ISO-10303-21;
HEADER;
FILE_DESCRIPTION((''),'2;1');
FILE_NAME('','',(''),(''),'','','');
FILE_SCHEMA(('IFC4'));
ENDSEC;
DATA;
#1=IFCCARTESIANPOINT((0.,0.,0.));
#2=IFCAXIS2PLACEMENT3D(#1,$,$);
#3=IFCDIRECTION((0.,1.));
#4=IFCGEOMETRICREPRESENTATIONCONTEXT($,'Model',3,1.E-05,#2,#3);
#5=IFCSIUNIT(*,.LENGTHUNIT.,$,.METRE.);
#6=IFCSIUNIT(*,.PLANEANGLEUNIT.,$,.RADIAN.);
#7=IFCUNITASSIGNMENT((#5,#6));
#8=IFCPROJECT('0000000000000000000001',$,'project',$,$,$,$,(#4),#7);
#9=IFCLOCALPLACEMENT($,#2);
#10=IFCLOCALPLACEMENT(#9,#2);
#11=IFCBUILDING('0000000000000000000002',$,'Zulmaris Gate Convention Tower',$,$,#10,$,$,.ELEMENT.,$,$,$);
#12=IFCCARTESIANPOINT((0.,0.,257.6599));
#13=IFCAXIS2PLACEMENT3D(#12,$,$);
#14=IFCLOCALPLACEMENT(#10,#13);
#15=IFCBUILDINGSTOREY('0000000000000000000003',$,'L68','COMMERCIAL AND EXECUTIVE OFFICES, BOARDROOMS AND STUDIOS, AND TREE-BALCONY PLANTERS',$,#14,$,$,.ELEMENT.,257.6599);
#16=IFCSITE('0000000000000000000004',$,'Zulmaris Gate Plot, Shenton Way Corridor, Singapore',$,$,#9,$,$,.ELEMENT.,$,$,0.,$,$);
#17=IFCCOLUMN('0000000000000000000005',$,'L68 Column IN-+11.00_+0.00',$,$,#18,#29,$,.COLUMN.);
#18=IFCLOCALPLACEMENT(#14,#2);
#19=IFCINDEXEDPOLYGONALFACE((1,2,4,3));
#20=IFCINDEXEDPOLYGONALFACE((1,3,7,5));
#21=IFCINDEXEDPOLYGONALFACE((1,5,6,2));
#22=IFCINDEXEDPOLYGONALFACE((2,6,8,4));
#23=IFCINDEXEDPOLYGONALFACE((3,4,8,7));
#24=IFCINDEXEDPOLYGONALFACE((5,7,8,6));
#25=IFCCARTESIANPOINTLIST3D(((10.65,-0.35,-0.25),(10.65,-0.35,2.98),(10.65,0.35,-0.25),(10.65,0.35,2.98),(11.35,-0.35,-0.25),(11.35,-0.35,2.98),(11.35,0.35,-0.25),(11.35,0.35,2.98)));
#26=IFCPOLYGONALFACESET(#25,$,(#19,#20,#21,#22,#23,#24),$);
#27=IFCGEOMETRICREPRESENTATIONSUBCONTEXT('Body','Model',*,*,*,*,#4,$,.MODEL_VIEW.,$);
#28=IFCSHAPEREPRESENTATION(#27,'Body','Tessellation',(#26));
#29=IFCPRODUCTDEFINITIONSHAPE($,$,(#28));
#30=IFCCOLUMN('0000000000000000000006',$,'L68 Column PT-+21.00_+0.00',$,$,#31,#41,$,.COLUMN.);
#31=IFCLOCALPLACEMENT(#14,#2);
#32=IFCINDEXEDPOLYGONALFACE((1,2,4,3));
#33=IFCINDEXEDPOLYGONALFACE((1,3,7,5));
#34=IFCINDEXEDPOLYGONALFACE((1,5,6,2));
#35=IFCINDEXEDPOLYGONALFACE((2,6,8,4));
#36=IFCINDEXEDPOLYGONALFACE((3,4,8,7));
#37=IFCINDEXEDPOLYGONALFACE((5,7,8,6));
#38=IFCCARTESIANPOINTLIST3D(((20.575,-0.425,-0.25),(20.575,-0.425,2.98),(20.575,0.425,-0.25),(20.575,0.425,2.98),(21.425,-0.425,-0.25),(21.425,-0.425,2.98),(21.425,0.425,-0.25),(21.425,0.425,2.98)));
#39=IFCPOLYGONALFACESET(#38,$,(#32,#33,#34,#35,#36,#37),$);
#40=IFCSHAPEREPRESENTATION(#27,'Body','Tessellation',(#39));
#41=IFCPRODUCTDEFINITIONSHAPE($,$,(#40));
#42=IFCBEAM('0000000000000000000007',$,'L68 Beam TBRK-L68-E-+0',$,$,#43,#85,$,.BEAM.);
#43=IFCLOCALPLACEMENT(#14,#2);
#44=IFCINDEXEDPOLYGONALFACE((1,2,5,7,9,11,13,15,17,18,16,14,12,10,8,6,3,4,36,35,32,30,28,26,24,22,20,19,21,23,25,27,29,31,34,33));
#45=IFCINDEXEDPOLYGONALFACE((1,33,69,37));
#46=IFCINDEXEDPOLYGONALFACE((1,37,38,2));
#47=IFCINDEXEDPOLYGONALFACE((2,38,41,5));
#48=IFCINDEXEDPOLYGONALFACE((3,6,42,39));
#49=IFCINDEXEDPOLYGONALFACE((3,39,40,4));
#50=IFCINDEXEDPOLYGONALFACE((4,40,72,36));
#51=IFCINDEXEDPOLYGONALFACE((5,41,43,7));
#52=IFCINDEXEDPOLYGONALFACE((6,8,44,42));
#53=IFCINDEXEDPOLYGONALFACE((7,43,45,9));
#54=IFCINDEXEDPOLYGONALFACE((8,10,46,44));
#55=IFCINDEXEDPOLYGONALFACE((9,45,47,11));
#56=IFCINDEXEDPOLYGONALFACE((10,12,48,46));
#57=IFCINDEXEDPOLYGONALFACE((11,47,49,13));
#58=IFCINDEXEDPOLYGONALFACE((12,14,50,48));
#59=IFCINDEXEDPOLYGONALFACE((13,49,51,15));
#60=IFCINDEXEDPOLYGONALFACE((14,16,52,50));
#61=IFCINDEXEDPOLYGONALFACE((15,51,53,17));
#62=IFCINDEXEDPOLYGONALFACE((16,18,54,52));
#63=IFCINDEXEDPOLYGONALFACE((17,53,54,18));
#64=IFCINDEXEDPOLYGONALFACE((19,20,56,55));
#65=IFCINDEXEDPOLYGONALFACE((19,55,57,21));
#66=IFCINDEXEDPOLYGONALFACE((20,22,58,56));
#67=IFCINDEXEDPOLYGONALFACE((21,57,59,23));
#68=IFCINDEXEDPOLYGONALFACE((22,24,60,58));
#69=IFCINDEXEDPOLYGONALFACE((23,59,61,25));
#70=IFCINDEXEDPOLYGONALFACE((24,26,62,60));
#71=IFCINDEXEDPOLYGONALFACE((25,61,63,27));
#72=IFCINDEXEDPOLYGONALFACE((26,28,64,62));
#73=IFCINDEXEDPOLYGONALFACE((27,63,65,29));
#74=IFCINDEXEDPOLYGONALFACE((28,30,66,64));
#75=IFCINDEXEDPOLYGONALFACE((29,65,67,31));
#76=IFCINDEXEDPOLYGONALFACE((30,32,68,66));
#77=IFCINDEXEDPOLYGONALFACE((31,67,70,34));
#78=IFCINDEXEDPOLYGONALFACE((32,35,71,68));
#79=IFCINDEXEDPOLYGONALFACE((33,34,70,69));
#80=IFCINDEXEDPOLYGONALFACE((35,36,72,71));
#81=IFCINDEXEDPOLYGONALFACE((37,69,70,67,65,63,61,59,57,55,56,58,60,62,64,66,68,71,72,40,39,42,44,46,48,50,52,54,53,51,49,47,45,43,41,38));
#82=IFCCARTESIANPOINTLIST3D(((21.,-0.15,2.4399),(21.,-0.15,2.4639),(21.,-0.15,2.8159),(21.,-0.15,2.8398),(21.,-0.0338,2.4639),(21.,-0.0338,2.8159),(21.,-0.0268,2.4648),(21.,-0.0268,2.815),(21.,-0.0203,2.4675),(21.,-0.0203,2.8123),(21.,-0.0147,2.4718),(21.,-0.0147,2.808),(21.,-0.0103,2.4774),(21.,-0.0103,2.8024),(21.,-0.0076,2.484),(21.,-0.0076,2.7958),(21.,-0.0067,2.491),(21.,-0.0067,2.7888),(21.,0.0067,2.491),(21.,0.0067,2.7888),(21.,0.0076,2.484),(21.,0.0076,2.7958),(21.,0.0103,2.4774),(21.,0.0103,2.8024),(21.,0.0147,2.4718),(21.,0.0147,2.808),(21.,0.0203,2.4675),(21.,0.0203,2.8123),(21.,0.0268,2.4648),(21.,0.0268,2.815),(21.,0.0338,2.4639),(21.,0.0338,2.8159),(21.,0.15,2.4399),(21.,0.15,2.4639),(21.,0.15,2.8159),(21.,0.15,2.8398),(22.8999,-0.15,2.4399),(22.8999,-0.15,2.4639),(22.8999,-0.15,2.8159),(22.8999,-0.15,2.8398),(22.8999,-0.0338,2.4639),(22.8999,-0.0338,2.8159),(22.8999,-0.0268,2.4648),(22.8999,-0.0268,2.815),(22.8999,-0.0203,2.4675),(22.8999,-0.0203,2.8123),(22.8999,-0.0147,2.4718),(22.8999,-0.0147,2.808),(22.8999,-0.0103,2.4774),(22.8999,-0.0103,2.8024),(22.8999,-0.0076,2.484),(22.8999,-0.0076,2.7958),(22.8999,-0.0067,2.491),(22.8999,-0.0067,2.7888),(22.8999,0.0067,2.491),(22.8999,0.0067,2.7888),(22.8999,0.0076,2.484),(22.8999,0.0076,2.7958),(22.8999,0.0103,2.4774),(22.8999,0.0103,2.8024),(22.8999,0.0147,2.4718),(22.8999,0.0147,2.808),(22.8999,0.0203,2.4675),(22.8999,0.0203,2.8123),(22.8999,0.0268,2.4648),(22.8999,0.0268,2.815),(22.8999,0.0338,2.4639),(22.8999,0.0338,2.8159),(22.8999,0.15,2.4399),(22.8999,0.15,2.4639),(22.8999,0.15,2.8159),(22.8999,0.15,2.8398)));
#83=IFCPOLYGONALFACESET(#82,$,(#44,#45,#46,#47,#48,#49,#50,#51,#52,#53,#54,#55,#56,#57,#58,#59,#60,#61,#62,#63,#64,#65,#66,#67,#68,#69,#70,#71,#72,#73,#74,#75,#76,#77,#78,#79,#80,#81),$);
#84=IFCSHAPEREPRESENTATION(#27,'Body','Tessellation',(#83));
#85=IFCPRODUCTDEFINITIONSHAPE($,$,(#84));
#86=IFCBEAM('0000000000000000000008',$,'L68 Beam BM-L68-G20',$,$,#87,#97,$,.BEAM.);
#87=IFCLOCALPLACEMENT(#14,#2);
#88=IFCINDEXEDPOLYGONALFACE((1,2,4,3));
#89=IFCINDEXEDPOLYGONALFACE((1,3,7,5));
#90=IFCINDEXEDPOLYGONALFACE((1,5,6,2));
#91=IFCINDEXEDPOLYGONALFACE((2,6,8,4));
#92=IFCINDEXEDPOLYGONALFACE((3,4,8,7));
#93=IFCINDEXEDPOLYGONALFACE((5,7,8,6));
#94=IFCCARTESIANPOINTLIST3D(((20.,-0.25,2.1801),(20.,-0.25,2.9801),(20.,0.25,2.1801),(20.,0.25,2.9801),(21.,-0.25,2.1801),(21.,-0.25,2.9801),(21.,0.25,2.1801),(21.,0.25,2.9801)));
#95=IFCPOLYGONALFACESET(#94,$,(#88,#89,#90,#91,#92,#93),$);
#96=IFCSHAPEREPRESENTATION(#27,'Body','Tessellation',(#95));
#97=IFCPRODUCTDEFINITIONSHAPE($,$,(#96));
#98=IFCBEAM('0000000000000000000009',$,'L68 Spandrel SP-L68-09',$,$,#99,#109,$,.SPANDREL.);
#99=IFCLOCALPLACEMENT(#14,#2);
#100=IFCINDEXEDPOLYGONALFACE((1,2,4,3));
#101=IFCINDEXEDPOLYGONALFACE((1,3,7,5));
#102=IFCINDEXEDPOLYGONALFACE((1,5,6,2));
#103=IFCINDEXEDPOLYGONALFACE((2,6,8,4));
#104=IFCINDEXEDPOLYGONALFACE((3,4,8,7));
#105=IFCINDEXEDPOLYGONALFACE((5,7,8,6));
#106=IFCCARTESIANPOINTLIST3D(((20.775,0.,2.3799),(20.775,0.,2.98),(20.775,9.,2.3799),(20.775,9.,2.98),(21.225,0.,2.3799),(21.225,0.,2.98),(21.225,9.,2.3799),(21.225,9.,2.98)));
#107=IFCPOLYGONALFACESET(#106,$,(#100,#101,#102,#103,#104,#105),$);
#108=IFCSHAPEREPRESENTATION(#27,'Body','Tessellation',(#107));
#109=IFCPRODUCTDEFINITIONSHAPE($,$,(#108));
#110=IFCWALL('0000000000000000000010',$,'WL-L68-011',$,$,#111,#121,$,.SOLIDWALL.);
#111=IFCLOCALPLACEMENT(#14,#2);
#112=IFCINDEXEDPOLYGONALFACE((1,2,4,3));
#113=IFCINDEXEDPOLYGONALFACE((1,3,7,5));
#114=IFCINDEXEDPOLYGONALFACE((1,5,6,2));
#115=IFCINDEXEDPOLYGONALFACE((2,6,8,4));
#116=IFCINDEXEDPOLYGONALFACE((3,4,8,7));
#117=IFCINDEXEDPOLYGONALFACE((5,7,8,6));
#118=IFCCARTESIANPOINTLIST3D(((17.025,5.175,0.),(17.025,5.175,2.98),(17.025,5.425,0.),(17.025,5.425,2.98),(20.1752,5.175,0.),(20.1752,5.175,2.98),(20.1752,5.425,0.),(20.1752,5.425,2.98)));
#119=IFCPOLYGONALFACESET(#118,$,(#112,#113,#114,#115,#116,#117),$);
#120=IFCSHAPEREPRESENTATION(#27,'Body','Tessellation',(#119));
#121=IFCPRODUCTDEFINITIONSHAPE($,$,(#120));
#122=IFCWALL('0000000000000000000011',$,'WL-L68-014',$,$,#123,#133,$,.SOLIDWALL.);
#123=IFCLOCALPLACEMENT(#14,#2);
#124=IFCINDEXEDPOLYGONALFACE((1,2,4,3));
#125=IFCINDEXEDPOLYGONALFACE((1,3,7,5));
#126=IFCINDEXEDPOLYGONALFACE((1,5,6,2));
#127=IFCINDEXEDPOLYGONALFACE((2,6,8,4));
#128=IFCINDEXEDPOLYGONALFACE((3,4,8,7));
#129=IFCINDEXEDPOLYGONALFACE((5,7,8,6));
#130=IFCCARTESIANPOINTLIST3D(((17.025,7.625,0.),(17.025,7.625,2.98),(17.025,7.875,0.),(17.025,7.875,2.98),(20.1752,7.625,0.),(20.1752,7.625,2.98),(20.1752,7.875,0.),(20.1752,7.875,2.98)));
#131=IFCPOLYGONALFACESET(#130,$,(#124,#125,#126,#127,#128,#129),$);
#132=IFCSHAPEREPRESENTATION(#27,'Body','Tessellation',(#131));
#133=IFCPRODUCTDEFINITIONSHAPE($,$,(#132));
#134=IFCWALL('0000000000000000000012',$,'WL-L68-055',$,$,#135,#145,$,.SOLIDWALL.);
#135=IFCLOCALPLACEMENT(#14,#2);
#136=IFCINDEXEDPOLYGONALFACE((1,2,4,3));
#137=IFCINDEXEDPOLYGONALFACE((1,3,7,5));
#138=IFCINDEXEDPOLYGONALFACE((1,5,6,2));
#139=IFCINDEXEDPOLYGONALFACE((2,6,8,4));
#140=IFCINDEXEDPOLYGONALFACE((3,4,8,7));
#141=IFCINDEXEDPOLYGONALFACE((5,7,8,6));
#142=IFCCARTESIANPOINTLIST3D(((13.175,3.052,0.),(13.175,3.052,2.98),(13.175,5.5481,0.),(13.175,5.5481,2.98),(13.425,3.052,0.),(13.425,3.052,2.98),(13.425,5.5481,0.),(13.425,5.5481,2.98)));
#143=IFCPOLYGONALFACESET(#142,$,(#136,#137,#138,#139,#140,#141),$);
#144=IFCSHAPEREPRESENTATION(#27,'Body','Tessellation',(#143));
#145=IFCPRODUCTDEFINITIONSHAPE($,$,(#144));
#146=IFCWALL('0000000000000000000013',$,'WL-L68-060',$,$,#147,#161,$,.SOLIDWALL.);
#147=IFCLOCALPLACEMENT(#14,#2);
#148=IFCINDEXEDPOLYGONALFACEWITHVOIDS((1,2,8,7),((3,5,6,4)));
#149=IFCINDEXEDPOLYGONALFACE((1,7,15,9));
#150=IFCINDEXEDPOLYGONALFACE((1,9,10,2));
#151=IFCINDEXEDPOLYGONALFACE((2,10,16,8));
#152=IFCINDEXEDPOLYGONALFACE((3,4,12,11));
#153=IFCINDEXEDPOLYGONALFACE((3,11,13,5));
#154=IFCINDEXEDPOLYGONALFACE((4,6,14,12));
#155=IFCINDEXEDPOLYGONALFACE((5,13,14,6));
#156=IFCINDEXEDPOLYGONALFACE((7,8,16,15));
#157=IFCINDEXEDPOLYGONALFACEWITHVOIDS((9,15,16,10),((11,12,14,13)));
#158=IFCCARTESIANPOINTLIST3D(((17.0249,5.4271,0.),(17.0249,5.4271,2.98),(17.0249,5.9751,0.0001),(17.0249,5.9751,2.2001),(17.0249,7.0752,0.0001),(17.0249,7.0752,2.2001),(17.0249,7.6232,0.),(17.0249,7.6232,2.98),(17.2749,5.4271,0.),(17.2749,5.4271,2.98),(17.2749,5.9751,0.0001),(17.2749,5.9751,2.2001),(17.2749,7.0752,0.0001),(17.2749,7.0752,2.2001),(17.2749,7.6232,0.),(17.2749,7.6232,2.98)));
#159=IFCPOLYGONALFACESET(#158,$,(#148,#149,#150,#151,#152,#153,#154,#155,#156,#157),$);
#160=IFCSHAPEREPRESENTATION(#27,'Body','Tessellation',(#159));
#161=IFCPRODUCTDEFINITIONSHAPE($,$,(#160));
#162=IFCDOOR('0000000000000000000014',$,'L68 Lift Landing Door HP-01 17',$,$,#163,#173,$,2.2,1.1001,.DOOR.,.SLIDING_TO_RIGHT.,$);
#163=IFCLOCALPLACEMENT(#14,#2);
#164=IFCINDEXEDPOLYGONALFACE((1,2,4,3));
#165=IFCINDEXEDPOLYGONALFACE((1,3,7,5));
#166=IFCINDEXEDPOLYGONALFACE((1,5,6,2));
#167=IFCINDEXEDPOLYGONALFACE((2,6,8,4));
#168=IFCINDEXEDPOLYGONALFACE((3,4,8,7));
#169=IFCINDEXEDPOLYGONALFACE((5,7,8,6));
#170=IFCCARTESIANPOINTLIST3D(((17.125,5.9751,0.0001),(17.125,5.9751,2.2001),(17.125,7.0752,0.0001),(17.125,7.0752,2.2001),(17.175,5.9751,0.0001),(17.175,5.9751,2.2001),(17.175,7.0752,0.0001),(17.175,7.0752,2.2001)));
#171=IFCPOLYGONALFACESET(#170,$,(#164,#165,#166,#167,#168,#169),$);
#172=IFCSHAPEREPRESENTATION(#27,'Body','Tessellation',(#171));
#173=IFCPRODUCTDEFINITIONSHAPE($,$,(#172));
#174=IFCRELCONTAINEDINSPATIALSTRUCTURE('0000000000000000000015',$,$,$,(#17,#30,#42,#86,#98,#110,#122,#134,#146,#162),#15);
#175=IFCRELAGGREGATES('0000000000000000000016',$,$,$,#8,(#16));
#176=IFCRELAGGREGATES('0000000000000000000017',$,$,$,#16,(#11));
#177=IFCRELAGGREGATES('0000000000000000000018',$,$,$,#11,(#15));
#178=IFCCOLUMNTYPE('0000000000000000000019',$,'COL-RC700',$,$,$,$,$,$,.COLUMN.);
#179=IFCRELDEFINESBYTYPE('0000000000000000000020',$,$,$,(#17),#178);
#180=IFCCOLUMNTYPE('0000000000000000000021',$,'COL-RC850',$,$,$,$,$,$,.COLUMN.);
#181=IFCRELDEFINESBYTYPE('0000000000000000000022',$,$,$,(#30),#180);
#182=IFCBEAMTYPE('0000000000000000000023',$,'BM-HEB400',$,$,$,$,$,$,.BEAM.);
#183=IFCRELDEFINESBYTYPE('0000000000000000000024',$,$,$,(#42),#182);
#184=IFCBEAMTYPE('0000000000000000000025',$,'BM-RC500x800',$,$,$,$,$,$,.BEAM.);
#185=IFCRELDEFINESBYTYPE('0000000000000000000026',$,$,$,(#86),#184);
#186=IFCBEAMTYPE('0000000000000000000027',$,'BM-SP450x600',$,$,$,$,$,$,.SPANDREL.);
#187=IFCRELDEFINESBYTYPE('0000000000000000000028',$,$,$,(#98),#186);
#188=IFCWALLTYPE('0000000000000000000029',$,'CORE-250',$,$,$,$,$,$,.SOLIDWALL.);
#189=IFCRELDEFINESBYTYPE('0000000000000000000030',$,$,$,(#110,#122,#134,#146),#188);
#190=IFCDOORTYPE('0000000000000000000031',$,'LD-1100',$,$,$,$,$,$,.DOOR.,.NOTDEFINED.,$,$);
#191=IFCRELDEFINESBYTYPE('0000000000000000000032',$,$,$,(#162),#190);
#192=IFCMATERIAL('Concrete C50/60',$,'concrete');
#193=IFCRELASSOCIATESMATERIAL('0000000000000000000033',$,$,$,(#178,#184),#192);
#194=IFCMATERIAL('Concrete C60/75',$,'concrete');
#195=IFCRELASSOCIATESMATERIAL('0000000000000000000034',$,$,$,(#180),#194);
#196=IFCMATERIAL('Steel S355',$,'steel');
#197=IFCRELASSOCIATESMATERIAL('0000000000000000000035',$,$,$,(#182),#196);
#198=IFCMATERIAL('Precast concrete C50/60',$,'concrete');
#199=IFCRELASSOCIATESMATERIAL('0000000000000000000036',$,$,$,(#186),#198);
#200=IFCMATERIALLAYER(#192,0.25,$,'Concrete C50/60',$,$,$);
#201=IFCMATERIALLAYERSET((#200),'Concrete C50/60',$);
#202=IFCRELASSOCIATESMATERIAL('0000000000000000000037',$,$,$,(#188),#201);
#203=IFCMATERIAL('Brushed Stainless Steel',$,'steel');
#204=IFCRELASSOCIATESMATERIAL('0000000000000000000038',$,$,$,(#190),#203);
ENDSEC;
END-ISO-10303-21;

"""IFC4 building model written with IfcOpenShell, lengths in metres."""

from ifc_helpers import new_model, si_unit, direction, frame, frame_2d, origin, origin_2d, place, context, subcontext, project, spatial, rectangle, i_section, extrude, material, layer, layer_set, material_profile, profile_set, type_object, element, fill, save


model = new_model("IFC4")

# Units and contexts
model_context = context("Model", 3, precision=1e-05, world=origin(), true_north=direction((0.0, 1.0)))
body_context = subcontext(model_context, "Body", "Model", "MODEL_VIEW")
ifc_project = project(units=[si_unit("LENGTHUNIT", "METRE"), si_unit("PLANEANGLEUNIT", "RADIAN")], contexts=[model_context])

# Site, building, storey
site_placement = place(None, origin())
site = spatial("IfcSite", under=ifc_project, at=site_placement, Name="Zulmaris Gate Plot, Shenton Way Corridor, Singapore", CompositionType="ELEMENT", RefElevation=0.0)
building_placement = place(site_placement, origin())
building = spatial("IfcBuilding", under=site, at=building_placement, Name="Zulmaris Gate Convention Tower", CompositionType="ELEMENT")
storey_placement = place(building_placement, frame((0.0, 0.0, 257.6599)))
storey = spatial("IfcBuildingStorey", under=building, at=storey_placement, Name="L68", Description="COMMERCIAL AND EXECUTIVE OFFICES, BOARDROOMS AND STUDIOS, AND TREE-BALCONY PLANTERS", CompositionType="ELEMENT", Elevation=257.6599)

# Columns
ifc_material_1 = material(Name="Concrete C50/60", Category="concrete")
ifc_material_profile_1 = material_profile(ifc_material_1, rectangle(XDim=0.7, YDim=0.7, at=origin_2d()), Name="RC COL 700x700")
ifc_profile_set_1 = profile_set([ifc_material_profile_1], Name="Concrete C50/60")
column_type_1 = type_object("IfcColumnType", Name="COL-RC700", PredefinedType="COLUMN", material=ifc_profile_set_1)
column_1_placement = place(storey_placement, frame((11.0, 0.0, -0.25), z_axis=(0.0, 0.0, 1.0), x_axis=(1.0, 0.0, 0.0)))
element("IfcColumn", 1, at=column_1_placement, inside=storey, type_object=column_type_1, Name="L68 Column IN-+11.00_+0.00", PredefinedType="COLUMN", context=body_context, shape_type="SweptSolid", body=[
    extrude(rectangle(XDim=0.7, YDim=0.7, at=origin_2d()), origin(), (0.0, 0.0, 1.0), 3.23),
])
ifc_material_2 = material(Name="Concrete C60/75", Category="concrete")
ifc_material_profile_2 = material_profile(ifc_material_2, rectangle(XDim=0.8501, YDim=0.8501, at=origin_2d()), Name="RC COL 850x850")
ifc_profile_set_2 = profile_set([ifc_material_profile_2], Name="Concrete C60/75")
column_type_2 = type_object("IfcColumnType", Name="COL-RC850", PredefinedType="COLUMN", material=ifc_profile_set_2)
column_2_placement = place(storey_placement, frame((21.0, 0.0, -0.25), z_axis=(0.0, 0.0, 1.0), x_axis=(1.0, 0.0, 0.0)))
element("IfcColumn", 2, at=column_2_placement, inside=storey, type_object=column_type_2, Name="L68 Column PT-+21.00_+0.00", PredefinedType="COLUMN", context=body_context, shape_type="SweptSolid", body=[
    extrude(rectangle(XDim=0.8501, YDim=0.8501, at=origin_2d()), origin(), (0.0, 0.0, 1.0), 3.23),
])

# Beams
ifc_material_3 = material(Name="Steel S355", Category="steel")
ifc_material_profile_3 = material_profile(ifc_material_3, i_section(OverallWidth=0.3, OverallDepth=0.3999, WebThickness=0.0134, FlangeThickness=0.0239, FilletRadius=0.0271, at=origin_2d()), Name="HEB 400")
ifc_profile_set_3 = profile_set([ifc_material_profile_3], Name="Steel S355")
beam_type_1 = type_object("IfcBeamType", Name="BM-HEB400", PredefinedType="BEAM", material=ifc_profile_set_3)
beam_1_placement = place(storey_placement, frame((21.0, 0.0, 2.6399), z_axis=(1.0, 0.0, 0.0), x_axis=(0.0, 1.0, 0.0)))
element("IfcBeam", 3, at=beam_1_placement, inside=storey, type_object=beam_type_1, Name="L68 Beam TBRK-L68-E-+0", PredefinedType="BEAM", context=body_context, shape_type="SweptSolid", body=[
    extrude(i_section(OverallWidth=0.3, OverallDepth=0.3999, WebThickness=0.0134, FlangeThickness=0.0239, FilletRadius=0.0271, at=origin_2d()), origin(), (0.0, 0.0, 1.0), 1.8999),
])
ifc_material_profile_4 = material_profile(ifc_material_1, rectangle(XDim=0.5, YDim=0.8, at=origin_2d()), Name="RC BEAM 500x800")
ifc_profile_set_4 = profile_set([ifc_material_profile_4], Name="Concrete C50/60")
beam_type_2 = type_object("IfcBeamType", Name="BM-RC500x800", PredefinedType="BEAM", material=ifc_profile_set_4)
beam_2_placement = place(storey_placement, frame((20.0, 0.0, 2.5801), z_axis=(1.0, 0.0, 0.0), x_axis=(0.0, 1.0, 0.0)))
element("IfcBeam", 4, at=beam_2_placement, inside=storey, type_object=beam_type_2, Name="L68 Beam BM-L68-G20", PredefinedType="BEAM", context=body_context, shape_type="SweptSolid", body=[
    extrude(rectangle(XDim=0.5, YDim=0.8, at=origin_2d()), origin(), (0.0, 0.0, 1.0), 1.0),
])
ifc_material_4 = material(Name="Precast concrete C50/60", Category="concrete")
ifc_material_profile_5 = material_profile(ifc_material_4, rectangle(XDim=0.45, YDim=0.6001, at=origin_2d()), Name="RC SPANDREL 450x600")
ifc_profile_set_5 = profile_set([ifc_material_profile_5], Name="Precast concrete C50/60")
beam_type_3 = type_object("IfcBeamType", Name="BM-SP450x600", PredefinedType="SPANDREL", material=ifc_profile_set_5)
beam_3_placement = place(storey_placement, frame((21.0, 0.0, 2.6799), z_axis=(0.0, 1.0, 0.0), x_axis=(-1.0, 0.0, 0.0)))
element("IfcBeam", 5, at=beam_3_placement, inside=storey, type_object=beam_type_3, Name="L68 Spandrel SP-L68-09", PredefinedType="SPANDREL", context=body_context, shape_type="SweptSolid", body=[
    extrude(rectangle(XDim=0.45, YDim=0.6001, at=origin_2d()), origin(), (0.0, 0.0, 1.0), 9.0),
])

# Walls
ifc_layer_1 = layer(ifc_material_1, 0.25, Name="Concrete C50/60")
ifc_layer_set_1 = layer_set([ifc_layer_1], Name="Concrete C50/60")
wall_type_1 = type_object("IfcWallType", Name="CORE-250", PredefinedType="SOLIDWALL", material=ifc_layer_set_1)
for number, where, z_axis, x_axis, name in (
    (6, (17.0249, 5.3, 0.0), (0.0, 0.0, 1.0), (1.0, 0.0, 0.0), "WL-L68-011"),
    (7, (17.0249, 7.75, 0.0), (0.0, 0.0, 1.0), (1.0, 0.0, 0.0), "WL-L68-014"),
):
    element("IfcWall", number, at=place(storey_placement, frame(where, z_axis=z_axis, x_axis=x_axis)), inside=storey, type_object=wall_type_1, Name=name, PredefinedType="SOLIDWALL", context=body_context, shape_type="SweptSolid", body=[
        extrude(rectangle(XDim=3.1501, YDim=0.25, at=frame_2d((1.5752, 0.0))), origin(), (0.0, 0.0, 1.0), 2.98),
    ])
wall_1_placement = place(storey_placement, frame((13.3, 3.052, 0.0), z_axis=(0.0, 0.0, 1.0), x_axis=(0.0, 1.0, 0.0)))
element("IfcWall", 8, at=wall_1_placement, inside=storey, type_object=wall_type_1, Name="WL-L68-055", PredefinedType="SOLIDWALL", context=body_context, shape_type="SweptSolid", body=[
    extrude(rectangle(XDim=2.4961, YDim=0.25, at=frame_2d((1.248, 0.0))), origin(), (0.0, 0.0, 1.0), 2.98),
])

# Wall, opening, door
wall_2_placement = place(storey_placement, frame((17.1499, 5.427, 0.0), z_axis=(0.0, 0.0, 1.0), x_axis=(0.0, 1.0, 0.0)))
wall_2 = element("IfcWall", 9, at=wall_2_placement, inside=storey, type_object=wall_type_1, Name="WL-L68-060", PredefinedType="SOLIDWALL", context=body_context, shape_type="SweptSolid", body=[
    extrude(rectangle(XDim=2.196, YDim=0.25, at=frame_2d((1.0981, 0.0))), origin(), (0.0, 0.0, 1.0), 2.98),
])
opening_1_placement = place(wall_2_placement, frame((0.5481, 0.0, 0.0)))
opening_1 = element("IfcOpeningElement", 10, at=opening_1_placement, cuts=wall_2, PredefinedType="OPENING", context=body_context, shape_type="SweptSolid", body=[
    extrude(rectangle(XDim=1.1001, YDim=2.2, at=frame_2d((0.55, 1.1001))), frame((0.0, 0.135, 0.0), z_axis=(0.0, -1.0, 0.0), x_axis=(1.0, 0.0, 0.0)), (0.0, 0.0, 1.0), 0.27),
])
ifc_material_5 = material(Name="Brushed Stainless Steel", Category="steel")
door_type_1 = type_object("IfcDoorType", Name="LD-1100", OperationType="NOTDEFINED", PredefinedType="DOOR", material=ifc_material_5)
door_1_placement = place(opening_1_placement, origin())
door_1 = element("IfcDoor", 11, at=door_1_placement, inside=storey, type_object=door_type_1, Name="L68 Lift Landing Door HP-01 17", OperationType="SLIDING_TO_RIGHT", OverallHeight=2.2, OverallWidth=1.1001, PredefinedType="DOOR", context=body_context, shape_type="SweptSolid", body=[
    extrude(rectangle(XDim=1.1001, YDim=2.2, at=frame_2d((0.55, 1.1001))), frame((0.0, 0.0249, 0.0), z_axis=(0.0, -1.0, 0.0), x_axis=(1.0, 0.0, 0.0)), (0.0, 0.0, 1.0), 0.05),
])
fill(opening_1, door_1)

save(model, "model.ifc")
